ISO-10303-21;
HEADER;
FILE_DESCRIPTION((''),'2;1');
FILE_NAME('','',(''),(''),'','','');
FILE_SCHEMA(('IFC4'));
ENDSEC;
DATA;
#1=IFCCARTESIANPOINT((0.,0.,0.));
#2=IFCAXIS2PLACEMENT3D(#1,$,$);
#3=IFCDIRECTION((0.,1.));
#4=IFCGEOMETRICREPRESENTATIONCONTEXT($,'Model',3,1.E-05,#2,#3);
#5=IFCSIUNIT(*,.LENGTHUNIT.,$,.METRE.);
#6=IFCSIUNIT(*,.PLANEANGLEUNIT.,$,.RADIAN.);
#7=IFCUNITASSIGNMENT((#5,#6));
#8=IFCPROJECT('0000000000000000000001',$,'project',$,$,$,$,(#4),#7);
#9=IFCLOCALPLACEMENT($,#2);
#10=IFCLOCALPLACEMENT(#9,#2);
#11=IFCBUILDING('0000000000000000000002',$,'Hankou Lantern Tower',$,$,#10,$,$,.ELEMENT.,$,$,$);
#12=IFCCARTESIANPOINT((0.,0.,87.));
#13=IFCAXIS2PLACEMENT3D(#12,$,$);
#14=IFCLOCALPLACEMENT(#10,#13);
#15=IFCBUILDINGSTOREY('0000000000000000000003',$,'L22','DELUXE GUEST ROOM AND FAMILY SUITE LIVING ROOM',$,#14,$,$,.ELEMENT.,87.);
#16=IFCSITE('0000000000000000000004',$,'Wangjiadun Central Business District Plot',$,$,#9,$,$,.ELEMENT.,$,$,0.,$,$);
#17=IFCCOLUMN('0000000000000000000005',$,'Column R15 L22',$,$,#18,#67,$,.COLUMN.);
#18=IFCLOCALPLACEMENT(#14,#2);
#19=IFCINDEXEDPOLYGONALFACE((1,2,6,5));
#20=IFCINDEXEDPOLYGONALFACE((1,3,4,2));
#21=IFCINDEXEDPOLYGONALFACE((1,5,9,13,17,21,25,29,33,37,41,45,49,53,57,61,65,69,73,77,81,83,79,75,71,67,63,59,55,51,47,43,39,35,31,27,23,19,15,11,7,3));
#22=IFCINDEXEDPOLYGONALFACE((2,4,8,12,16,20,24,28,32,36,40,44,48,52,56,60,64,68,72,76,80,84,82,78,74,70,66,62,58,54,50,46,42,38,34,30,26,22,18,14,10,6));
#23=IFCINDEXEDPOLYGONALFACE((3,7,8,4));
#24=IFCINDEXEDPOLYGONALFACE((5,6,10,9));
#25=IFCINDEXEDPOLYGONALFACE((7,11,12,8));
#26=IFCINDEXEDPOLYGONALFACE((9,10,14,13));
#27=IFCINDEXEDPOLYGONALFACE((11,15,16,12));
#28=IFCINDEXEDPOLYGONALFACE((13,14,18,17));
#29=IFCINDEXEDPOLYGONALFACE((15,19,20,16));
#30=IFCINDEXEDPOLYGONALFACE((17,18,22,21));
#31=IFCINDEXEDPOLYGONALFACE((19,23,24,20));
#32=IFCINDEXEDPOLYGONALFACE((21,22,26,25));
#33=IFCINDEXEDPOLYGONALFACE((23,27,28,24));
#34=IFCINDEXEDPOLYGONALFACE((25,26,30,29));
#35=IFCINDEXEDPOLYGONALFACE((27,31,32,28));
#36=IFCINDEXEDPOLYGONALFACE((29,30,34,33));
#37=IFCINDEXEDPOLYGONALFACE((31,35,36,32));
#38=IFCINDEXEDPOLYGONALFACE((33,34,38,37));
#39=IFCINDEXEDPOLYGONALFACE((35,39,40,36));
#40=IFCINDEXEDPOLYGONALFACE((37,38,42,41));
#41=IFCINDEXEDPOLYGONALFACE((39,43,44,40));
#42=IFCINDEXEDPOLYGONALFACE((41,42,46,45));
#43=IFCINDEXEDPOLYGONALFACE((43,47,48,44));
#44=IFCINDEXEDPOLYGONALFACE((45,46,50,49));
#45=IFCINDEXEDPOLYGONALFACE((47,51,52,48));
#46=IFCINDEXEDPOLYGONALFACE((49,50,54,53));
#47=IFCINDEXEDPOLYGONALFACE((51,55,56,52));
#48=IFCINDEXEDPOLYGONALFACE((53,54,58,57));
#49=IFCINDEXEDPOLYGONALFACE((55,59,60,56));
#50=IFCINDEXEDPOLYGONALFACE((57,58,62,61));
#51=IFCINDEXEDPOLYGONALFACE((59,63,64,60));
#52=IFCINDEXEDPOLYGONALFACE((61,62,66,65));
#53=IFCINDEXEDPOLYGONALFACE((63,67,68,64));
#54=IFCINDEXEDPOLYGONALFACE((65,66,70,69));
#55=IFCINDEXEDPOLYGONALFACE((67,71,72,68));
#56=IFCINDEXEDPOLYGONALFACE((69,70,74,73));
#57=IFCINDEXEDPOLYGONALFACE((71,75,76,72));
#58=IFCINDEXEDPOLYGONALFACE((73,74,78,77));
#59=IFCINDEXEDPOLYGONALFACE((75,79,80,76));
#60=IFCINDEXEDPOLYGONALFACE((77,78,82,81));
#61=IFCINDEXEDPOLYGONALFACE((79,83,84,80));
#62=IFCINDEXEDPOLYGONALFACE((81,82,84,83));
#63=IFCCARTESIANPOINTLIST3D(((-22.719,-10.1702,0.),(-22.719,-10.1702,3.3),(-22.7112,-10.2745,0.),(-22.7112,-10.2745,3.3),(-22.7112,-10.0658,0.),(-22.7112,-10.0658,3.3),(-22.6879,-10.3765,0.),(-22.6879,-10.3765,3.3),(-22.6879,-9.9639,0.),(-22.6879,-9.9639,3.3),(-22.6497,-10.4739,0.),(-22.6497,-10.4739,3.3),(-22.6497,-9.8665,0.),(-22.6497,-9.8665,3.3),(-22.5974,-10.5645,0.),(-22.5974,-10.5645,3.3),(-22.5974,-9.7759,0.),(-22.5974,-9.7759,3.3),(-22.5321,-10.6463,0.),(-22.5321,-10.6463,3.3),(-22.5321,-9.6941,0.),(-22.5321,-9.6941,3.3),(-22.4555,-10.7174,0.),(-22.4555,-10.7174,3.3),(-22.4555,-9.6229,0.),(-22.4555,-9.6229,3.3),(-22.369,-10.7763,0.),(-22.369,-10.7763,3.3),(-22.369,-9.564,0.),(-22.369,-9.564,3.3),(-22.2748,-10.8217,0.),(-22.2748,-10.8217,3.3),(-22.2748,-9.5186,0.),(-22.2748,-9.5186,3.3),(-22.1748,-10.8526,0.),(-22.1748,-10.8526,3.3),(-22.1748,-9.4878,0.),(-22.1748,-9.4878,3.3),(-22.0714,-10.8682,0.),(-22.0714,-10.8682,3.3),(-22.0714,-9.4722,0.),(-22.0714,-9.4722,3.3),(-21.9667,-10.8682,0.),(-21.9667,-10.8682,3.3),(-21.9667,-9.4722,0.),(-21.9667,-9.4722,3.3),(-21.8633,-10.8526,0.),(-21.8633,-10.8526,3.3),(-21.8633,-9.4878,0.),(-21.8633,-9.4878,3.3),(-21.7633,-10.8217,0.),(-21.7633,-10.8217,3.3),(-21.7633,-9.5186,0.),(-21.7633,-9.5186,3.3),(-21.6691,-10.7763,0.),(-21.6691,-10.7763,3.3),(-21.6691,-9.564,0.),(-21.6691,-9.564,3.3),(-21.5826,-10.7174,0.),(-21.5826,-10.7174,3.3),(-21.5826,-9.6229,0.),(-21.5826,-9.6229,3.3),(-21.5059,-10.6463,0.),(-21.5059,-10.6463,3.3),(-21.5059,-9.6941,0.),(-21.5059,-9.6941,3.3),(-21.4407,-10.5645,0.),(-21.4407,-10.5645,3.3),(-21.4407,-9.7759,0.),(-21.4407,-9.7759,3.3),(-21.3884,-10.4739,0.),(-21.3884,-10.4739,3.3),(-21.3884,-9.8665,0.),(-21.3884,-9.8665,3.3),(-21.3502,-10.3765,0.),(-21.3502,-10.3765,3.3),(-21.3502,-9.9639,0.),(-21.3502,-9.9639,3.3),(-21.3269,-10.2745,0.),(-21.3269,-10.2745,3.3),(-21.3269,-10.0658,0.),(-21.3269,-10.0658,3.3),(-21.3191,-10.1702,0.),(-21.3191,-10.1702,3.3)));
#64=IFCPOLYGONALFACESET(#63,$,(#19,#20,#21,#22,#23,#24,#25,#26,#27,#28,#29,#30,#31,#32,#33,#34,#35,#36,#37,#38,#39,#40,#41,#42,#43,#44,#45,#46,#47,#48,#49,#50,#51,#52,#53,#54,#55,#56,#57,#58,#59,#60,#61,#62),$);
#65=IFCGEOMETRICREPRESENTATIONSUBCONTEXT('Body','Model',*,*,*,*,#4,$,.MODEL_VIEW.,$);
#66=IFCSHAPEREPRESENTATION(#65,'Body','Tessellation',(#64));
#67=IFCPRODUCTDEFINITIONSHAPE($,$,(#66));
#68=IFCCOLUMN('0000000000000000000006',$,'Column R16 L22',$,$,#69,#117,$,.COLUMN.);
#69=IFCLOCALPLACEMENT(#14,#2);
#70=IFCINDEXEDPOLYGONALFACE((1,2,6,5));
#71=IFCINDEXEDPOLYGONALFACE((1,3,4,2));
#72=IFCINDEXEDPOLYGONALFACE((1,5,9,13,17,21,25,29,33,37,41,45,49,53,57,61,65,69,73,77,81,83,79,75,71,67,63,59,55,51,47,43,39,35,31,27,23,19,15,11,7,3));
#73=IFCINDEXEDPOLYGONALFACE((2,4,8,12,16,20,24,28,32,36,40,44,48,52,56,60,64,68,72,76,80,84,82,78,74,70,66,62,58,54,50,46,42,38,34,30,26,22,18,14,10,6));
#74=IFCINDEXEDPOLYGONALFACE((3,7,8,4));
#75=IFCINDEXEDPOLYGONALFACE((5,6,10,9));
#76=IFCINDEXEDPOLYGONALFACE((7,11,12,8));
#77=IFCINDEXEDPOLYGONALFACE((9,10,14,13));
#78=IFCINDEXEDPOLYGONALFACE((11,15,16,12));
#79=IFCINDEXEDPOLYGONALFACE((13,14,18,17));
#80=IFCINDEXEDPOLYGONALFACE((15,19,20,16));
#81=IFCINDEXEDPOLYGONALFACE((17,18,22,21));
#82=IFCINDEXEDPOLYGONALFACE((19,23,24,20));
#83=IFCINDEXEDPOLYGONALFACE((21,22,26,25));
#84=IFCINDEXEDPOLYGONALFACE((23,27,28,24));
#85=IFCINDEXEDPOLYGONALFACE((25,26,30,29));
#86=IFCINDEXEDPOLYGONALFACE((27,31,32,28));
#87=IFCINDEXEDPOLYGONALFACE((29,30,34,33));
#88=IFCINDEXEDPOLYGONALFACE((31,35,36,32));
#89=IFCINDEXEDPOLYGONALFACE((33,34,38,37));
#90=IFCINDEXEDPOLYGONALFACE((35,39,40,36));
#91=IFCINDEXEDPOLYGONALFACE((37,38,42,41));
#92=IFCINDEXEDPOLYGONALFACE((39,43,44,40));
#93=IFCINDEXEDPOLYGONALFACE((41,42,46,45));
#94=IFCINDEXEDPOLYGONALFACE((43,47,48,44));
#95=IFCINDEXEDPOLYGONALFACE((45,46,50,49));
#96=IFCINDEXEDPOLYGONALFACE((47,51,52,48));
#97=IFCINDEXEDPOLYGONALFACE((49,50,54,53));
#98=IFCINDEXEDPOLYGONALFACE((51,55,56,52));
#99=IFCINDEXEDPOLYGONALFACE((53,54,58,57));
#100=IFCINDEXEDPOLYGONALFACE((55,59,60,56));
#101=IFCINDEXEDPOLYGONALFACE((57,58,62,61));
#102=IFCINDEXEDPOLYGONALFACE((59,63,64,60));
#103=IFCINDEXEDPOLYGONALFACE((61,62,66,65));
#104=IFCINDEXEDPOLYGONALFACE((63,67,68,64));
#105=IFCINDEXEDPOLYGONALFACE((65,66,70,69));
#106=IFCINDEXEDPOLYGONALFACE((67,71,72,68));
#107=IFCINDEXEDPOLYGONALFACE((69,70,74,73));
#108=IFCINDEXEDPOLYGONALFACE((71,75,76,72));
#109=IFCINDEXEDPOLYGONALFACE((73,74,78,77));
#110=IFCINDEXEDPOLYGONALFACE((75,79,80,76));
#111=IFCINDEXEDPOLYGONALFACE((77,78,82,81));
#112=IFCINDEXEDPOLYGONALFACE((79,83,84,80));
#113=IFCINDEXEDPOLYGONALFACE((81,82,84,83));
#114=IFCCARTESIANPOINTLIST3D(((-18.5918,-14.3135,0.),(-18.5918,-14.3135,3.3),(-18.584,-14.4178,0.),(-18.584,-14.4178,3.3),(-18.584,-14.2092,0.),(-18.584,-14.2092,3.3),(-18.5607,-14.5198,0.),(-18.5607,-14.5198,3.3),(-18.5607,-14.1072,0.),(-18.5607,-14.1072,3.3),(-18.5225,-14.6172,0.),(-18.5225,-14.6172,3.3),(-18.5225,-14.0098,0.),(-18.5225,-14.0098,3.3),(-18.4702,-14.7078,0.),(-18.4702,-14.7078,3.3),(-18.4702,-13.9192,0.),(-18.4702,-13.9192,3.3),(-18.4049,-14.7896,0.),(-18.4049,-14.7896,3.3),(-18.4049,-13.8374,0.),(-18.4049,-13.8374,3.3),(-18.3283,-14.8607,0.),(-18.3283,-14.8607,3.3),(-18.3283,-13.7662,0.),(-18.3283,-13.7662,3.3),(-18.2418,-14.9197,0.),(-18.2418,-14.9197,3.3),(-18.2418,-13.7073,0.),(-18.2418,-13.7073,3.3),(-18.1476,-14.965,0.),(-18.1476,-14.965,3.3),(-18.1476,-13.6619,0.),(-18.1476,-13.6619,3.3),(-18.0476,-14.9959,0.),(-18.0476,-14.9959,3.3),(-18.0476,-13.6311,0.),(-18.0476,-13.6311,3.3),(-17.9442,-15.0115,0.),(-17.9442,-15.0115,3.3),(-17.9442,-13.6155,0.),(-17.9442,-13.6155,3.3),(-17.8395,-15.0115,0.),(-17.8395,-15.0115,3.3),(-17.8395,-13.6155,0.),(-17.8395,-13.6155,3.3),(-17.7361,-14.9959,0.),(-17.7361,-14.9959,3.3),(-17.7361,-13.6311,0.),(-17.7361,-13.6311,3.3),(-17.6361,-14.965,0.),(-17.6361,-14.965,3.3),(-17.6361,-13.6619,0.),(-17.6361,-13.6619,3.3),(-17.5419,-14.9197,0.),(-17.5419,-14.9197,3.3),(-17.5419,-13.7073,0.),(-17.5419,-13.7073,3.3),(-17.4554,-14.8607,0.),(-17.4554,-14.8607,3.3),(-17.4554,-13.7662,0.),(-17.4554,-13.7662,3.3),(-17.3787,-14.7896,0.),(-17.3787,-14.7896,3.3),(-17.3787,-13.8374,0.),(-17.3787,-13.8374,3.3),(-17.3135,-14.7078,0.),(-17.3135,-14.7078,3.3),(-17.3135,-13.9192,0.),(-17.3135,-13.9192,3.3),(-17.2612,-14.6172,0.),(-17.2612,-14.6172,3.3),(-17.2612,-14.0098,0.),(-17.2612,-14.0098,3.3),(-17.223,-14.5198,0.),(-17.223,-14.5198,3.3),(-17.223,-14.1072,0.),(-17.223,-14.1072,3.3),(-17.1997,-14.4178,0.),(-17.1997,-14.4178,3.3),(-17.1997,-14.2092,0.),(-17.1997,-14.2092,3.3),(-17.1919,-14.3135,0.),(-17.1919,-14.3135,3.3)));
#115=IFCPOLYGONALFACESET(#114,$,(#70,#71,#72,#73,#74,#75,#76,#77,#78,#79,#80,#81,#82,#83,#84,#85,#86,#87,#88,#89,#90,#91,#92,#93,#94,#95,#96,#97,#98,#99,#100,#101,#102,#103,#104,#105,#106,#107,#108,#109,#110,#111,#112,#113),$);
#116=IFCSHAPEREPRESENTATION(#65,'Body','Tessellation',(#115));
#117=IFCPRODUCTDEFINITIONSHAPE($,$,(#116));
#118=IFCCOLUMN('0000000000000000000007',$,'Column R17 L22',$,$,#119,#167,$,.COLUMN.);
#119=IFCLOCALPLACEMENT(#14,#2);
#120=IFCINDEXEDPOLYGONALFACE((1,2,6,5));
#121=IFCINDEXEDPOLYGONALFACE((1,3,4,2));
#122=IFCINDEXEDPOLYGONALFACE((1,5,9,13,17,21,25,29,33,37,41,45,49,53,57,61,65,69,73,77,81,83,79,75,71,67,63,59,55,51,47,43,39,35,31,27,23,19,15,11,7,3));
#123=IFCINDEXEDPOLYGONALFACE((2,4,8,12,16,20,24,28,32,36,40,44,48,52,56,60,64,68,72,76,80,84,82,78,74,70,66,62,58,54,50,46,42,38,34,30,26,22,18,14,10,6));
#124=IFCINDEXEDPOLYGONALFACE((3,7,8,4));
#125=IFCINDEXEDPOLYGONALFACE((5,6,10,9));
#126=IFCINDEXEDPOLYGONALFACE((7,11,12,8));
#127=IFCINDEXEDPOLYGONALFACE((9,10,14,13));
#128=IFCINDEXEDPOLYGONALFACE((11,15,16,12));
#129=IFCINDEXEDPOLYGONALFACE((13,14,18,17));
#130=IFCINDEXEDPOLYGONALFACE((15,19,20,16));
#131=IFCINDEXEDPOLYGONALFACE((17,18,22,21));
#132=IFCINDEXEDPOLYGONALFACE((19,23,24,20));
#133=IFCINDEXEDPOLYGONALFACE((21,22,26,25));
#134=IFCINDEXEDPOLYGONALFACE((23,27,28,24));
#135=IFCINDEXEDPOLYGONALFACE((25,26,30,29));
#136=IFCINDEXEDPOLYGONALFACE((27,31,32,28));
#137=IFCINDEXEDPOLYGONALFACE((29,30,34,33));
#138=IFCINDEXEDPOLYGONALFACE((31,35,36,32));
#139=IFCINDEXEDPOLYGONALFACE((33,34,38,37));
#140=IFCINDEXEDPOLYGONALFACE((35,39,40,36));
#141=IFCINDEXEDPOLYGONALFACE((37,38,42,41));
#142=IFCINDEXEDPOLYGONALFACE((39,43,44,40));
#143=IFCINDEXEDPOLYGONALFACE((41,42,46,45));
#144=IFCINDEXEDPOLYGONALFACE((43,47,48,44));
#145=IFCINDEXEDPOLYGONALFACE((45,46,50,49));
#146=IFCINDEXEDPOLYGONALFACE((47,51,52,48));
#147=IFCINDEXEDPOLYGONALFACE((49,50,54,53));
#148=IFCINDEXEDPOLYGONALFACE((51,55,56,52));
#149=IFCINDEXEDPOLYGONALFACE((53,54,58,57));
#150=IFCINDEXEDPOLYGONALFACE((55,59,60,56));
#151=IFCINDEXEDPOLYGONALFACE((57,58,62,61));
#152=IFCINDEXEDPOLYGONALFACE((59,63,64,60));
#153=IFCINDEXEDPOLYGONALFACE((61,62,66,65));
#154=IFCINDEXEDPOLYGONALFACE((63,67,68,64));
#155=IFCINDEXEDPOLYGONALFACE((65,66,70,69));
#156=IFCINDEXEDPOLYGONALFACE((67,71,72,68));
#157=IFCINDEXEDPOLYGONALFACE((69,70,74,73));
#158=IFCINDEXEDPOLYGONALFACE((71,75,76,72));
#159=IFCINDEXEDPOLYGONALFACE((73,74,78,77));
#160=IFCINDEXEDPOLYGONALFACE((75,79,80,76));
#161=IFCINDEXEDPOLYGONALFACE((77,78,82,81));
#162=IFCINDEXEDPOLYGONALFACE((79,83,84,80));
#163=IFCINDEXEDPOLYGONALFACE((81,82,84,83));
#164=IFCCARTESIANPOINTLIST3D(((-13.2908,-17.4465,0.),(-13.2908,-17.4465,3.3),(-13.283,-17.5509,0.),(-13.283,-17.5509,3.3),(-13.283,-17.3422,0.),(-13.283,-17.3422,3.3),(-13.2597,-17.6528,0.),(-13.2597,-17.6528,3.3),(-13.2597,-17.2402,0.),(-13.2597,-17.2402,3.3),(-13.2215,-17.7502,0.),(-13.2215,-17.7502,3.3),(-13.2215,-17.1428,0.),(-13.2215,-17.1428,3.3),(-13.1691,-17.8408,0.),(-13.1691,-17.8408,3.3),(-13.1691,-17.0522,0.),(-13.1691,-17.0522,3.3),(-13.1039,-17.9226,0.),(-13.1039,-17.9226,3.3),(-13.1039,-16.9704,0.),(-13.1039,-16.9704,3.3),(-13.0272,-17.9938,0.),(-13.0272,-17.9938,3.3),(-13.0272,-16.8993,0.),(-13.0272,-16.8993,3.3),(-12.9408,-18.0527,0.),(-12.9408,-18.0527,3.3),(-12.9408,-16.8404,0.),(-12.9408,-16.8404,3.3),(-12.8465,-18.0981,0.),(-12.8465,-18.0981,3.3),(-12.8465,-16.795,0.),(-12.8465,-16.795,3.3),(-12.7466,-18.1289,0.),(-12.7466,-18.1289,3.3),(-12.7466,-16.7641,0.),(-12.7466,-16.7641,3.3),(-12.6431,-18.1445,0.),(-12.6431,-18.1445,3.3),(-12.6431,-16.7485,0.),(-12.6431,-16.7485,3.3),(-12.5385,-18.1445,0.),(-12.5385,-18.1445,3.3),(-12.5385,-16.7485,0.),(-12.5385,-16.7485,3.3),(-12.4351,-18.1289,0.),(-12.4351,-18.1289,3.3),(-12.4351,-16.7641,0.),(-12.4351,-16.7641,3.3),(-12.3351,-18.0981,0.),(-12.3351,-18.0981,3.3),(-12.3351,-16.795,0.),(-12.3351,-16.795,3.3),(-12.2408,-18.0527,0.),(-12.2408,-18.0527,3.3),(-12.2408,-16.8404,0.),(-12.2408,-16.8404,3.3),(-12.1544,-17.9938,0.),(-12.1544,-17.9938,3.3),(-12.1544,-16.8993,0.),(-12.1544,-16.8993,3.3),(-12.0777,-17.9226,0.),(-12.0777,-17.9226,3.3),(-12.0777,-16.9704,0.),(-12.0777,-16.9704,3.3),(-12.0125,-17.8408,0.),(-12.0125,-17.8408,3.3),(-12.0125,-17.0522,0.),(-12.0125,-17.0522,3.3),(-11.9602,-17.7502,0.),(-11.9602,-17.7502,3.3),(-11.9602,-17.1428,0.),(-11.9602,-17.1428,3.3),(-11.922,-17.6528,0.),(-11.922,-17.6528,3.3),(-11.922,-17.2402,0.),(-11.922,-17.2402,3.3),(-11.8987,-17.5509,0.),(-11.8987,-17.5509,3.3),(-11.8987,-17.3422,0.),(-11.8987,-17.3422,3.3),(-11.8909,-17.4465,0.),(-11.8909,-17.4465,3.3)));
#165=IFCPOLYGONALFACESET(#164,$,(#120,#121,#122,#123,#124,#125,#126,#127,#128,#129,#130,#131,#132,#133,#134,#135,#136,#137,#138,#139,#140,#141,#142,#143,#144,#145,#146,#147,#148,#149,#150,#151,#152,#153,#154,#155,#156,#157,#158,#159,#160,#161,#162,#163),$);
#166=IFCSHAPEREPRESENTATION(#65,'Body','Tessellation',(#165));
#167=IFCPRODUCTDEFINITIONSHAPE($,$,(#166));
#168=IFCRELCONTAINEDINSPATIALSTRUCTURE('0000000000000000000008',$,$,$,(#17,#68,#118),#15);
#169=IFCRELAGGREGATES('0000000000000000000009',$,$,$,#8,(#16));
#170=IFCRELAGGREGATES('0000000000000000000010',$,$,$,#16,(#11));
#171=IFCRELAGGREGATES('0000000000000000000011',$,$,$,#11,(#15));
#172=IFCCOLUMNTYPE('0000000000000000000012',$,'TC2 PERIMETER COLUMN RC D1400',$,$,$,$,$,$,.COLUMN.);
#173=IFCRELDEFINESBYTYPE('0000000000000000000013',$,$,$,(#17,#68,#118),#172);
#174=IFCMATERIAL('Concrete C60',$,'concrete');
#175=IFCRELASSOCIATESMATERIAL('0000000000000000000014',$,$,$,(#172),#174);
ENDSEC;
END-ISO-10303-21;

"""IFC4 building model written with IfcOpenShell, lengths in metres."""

from ifc_helpers import new_model, si_unit, direction, frame, origin, origin_2d, place, context, subcontext, project, spatial, circle, extrude, material, material_profile, profile_set, type_object, element, save


model = new_model("IFC4")

# Units and contexts
model_context = context("Model", 3, precision=1e-05, world=origin(), true_north=direction((0.0, 1.0)))
body_context = subcontext(model_context, "Body", "Model", "MODEL_VIEW")
ifc_project = project(units=[si_unit("LENGTHUNIT", "METRE"), si_unit("PLANEANGLEUNIT", "RADIAN")], contexts=[model_context])

# Site, building, storey
site_placement = place(None, origin())
site = spatial("IfcSite", under=ifc_project, at=site_placement, Name="Wangjiadun Central Business District Plot", CompositionType="ELEMENT", RefElevation=0.0)
building_placement = place(site_placement, origin())
building = spatial("IfcBuilding", under=site, at=building_placement, Name="Hankou Lantern Tower", CompositionType="ELEMENT")
storey_placement = place(building_placement, frame((0.0, 0.0, 87.0)))
storey = spatial("IfcBuildingStorey", under=building, at=storey_placement, Name="L22", Description="DELUXE GUEST ROOM AND FAMILY SUITE LIVING ROOM", CompositionType="ELEMENT", Elevation=87.0)

# Columns
ifc_material_1 = material(Name="Concrete C60", Category="concrete")
ifc_material_profile_1 = material_profile(ifc_material_1, circle(Radius=0.7, at=origin_2d()), Name="RC D1400")
ifc_profile_set_1 = profile_set([ifc_material_profile_1], Name="Concrete C60")
column_type = type_object("IfcColumnType", Name="TC2 PERIMETER COLUMN RC D1400", PredefinedType="COLUMN", material=ifc_profile_set_1)
for number, where, z_axis, x_axis, name in (
    (1, (-22.019, -10.1702, 0.0), (0.0, 0.0, 1.0), (1.0, 0.0, 0.0), "Column R15 L22"),
    (2, (-17.8918, -14.3135, 0.0), (0.0, 0.0, 1.0), (1.0, 0.0, 0.0), "Column R16 L22"),
    (3, (-12.5908, -17.4465, 0.0), (0.0, 0.0, 1.0), (1.0, 0.0, 0.0), "Column R17 L22"),
):
    element("IfcColumn", number, at=place(storey_placement, frame(where, z_axis=z_axis, x_axis=x_axis)), inside=storey, type_object=column_type, Name=name, PredefinedType="COLUMN", context=body_context, shape_type="SweptSolid", body=[
        extrude(circle(Radius=0.7, at=origin_2d()), origin(), (0.0, 0.0, 1.0), 3.3),
    ])

save(model, "model.ifc")
